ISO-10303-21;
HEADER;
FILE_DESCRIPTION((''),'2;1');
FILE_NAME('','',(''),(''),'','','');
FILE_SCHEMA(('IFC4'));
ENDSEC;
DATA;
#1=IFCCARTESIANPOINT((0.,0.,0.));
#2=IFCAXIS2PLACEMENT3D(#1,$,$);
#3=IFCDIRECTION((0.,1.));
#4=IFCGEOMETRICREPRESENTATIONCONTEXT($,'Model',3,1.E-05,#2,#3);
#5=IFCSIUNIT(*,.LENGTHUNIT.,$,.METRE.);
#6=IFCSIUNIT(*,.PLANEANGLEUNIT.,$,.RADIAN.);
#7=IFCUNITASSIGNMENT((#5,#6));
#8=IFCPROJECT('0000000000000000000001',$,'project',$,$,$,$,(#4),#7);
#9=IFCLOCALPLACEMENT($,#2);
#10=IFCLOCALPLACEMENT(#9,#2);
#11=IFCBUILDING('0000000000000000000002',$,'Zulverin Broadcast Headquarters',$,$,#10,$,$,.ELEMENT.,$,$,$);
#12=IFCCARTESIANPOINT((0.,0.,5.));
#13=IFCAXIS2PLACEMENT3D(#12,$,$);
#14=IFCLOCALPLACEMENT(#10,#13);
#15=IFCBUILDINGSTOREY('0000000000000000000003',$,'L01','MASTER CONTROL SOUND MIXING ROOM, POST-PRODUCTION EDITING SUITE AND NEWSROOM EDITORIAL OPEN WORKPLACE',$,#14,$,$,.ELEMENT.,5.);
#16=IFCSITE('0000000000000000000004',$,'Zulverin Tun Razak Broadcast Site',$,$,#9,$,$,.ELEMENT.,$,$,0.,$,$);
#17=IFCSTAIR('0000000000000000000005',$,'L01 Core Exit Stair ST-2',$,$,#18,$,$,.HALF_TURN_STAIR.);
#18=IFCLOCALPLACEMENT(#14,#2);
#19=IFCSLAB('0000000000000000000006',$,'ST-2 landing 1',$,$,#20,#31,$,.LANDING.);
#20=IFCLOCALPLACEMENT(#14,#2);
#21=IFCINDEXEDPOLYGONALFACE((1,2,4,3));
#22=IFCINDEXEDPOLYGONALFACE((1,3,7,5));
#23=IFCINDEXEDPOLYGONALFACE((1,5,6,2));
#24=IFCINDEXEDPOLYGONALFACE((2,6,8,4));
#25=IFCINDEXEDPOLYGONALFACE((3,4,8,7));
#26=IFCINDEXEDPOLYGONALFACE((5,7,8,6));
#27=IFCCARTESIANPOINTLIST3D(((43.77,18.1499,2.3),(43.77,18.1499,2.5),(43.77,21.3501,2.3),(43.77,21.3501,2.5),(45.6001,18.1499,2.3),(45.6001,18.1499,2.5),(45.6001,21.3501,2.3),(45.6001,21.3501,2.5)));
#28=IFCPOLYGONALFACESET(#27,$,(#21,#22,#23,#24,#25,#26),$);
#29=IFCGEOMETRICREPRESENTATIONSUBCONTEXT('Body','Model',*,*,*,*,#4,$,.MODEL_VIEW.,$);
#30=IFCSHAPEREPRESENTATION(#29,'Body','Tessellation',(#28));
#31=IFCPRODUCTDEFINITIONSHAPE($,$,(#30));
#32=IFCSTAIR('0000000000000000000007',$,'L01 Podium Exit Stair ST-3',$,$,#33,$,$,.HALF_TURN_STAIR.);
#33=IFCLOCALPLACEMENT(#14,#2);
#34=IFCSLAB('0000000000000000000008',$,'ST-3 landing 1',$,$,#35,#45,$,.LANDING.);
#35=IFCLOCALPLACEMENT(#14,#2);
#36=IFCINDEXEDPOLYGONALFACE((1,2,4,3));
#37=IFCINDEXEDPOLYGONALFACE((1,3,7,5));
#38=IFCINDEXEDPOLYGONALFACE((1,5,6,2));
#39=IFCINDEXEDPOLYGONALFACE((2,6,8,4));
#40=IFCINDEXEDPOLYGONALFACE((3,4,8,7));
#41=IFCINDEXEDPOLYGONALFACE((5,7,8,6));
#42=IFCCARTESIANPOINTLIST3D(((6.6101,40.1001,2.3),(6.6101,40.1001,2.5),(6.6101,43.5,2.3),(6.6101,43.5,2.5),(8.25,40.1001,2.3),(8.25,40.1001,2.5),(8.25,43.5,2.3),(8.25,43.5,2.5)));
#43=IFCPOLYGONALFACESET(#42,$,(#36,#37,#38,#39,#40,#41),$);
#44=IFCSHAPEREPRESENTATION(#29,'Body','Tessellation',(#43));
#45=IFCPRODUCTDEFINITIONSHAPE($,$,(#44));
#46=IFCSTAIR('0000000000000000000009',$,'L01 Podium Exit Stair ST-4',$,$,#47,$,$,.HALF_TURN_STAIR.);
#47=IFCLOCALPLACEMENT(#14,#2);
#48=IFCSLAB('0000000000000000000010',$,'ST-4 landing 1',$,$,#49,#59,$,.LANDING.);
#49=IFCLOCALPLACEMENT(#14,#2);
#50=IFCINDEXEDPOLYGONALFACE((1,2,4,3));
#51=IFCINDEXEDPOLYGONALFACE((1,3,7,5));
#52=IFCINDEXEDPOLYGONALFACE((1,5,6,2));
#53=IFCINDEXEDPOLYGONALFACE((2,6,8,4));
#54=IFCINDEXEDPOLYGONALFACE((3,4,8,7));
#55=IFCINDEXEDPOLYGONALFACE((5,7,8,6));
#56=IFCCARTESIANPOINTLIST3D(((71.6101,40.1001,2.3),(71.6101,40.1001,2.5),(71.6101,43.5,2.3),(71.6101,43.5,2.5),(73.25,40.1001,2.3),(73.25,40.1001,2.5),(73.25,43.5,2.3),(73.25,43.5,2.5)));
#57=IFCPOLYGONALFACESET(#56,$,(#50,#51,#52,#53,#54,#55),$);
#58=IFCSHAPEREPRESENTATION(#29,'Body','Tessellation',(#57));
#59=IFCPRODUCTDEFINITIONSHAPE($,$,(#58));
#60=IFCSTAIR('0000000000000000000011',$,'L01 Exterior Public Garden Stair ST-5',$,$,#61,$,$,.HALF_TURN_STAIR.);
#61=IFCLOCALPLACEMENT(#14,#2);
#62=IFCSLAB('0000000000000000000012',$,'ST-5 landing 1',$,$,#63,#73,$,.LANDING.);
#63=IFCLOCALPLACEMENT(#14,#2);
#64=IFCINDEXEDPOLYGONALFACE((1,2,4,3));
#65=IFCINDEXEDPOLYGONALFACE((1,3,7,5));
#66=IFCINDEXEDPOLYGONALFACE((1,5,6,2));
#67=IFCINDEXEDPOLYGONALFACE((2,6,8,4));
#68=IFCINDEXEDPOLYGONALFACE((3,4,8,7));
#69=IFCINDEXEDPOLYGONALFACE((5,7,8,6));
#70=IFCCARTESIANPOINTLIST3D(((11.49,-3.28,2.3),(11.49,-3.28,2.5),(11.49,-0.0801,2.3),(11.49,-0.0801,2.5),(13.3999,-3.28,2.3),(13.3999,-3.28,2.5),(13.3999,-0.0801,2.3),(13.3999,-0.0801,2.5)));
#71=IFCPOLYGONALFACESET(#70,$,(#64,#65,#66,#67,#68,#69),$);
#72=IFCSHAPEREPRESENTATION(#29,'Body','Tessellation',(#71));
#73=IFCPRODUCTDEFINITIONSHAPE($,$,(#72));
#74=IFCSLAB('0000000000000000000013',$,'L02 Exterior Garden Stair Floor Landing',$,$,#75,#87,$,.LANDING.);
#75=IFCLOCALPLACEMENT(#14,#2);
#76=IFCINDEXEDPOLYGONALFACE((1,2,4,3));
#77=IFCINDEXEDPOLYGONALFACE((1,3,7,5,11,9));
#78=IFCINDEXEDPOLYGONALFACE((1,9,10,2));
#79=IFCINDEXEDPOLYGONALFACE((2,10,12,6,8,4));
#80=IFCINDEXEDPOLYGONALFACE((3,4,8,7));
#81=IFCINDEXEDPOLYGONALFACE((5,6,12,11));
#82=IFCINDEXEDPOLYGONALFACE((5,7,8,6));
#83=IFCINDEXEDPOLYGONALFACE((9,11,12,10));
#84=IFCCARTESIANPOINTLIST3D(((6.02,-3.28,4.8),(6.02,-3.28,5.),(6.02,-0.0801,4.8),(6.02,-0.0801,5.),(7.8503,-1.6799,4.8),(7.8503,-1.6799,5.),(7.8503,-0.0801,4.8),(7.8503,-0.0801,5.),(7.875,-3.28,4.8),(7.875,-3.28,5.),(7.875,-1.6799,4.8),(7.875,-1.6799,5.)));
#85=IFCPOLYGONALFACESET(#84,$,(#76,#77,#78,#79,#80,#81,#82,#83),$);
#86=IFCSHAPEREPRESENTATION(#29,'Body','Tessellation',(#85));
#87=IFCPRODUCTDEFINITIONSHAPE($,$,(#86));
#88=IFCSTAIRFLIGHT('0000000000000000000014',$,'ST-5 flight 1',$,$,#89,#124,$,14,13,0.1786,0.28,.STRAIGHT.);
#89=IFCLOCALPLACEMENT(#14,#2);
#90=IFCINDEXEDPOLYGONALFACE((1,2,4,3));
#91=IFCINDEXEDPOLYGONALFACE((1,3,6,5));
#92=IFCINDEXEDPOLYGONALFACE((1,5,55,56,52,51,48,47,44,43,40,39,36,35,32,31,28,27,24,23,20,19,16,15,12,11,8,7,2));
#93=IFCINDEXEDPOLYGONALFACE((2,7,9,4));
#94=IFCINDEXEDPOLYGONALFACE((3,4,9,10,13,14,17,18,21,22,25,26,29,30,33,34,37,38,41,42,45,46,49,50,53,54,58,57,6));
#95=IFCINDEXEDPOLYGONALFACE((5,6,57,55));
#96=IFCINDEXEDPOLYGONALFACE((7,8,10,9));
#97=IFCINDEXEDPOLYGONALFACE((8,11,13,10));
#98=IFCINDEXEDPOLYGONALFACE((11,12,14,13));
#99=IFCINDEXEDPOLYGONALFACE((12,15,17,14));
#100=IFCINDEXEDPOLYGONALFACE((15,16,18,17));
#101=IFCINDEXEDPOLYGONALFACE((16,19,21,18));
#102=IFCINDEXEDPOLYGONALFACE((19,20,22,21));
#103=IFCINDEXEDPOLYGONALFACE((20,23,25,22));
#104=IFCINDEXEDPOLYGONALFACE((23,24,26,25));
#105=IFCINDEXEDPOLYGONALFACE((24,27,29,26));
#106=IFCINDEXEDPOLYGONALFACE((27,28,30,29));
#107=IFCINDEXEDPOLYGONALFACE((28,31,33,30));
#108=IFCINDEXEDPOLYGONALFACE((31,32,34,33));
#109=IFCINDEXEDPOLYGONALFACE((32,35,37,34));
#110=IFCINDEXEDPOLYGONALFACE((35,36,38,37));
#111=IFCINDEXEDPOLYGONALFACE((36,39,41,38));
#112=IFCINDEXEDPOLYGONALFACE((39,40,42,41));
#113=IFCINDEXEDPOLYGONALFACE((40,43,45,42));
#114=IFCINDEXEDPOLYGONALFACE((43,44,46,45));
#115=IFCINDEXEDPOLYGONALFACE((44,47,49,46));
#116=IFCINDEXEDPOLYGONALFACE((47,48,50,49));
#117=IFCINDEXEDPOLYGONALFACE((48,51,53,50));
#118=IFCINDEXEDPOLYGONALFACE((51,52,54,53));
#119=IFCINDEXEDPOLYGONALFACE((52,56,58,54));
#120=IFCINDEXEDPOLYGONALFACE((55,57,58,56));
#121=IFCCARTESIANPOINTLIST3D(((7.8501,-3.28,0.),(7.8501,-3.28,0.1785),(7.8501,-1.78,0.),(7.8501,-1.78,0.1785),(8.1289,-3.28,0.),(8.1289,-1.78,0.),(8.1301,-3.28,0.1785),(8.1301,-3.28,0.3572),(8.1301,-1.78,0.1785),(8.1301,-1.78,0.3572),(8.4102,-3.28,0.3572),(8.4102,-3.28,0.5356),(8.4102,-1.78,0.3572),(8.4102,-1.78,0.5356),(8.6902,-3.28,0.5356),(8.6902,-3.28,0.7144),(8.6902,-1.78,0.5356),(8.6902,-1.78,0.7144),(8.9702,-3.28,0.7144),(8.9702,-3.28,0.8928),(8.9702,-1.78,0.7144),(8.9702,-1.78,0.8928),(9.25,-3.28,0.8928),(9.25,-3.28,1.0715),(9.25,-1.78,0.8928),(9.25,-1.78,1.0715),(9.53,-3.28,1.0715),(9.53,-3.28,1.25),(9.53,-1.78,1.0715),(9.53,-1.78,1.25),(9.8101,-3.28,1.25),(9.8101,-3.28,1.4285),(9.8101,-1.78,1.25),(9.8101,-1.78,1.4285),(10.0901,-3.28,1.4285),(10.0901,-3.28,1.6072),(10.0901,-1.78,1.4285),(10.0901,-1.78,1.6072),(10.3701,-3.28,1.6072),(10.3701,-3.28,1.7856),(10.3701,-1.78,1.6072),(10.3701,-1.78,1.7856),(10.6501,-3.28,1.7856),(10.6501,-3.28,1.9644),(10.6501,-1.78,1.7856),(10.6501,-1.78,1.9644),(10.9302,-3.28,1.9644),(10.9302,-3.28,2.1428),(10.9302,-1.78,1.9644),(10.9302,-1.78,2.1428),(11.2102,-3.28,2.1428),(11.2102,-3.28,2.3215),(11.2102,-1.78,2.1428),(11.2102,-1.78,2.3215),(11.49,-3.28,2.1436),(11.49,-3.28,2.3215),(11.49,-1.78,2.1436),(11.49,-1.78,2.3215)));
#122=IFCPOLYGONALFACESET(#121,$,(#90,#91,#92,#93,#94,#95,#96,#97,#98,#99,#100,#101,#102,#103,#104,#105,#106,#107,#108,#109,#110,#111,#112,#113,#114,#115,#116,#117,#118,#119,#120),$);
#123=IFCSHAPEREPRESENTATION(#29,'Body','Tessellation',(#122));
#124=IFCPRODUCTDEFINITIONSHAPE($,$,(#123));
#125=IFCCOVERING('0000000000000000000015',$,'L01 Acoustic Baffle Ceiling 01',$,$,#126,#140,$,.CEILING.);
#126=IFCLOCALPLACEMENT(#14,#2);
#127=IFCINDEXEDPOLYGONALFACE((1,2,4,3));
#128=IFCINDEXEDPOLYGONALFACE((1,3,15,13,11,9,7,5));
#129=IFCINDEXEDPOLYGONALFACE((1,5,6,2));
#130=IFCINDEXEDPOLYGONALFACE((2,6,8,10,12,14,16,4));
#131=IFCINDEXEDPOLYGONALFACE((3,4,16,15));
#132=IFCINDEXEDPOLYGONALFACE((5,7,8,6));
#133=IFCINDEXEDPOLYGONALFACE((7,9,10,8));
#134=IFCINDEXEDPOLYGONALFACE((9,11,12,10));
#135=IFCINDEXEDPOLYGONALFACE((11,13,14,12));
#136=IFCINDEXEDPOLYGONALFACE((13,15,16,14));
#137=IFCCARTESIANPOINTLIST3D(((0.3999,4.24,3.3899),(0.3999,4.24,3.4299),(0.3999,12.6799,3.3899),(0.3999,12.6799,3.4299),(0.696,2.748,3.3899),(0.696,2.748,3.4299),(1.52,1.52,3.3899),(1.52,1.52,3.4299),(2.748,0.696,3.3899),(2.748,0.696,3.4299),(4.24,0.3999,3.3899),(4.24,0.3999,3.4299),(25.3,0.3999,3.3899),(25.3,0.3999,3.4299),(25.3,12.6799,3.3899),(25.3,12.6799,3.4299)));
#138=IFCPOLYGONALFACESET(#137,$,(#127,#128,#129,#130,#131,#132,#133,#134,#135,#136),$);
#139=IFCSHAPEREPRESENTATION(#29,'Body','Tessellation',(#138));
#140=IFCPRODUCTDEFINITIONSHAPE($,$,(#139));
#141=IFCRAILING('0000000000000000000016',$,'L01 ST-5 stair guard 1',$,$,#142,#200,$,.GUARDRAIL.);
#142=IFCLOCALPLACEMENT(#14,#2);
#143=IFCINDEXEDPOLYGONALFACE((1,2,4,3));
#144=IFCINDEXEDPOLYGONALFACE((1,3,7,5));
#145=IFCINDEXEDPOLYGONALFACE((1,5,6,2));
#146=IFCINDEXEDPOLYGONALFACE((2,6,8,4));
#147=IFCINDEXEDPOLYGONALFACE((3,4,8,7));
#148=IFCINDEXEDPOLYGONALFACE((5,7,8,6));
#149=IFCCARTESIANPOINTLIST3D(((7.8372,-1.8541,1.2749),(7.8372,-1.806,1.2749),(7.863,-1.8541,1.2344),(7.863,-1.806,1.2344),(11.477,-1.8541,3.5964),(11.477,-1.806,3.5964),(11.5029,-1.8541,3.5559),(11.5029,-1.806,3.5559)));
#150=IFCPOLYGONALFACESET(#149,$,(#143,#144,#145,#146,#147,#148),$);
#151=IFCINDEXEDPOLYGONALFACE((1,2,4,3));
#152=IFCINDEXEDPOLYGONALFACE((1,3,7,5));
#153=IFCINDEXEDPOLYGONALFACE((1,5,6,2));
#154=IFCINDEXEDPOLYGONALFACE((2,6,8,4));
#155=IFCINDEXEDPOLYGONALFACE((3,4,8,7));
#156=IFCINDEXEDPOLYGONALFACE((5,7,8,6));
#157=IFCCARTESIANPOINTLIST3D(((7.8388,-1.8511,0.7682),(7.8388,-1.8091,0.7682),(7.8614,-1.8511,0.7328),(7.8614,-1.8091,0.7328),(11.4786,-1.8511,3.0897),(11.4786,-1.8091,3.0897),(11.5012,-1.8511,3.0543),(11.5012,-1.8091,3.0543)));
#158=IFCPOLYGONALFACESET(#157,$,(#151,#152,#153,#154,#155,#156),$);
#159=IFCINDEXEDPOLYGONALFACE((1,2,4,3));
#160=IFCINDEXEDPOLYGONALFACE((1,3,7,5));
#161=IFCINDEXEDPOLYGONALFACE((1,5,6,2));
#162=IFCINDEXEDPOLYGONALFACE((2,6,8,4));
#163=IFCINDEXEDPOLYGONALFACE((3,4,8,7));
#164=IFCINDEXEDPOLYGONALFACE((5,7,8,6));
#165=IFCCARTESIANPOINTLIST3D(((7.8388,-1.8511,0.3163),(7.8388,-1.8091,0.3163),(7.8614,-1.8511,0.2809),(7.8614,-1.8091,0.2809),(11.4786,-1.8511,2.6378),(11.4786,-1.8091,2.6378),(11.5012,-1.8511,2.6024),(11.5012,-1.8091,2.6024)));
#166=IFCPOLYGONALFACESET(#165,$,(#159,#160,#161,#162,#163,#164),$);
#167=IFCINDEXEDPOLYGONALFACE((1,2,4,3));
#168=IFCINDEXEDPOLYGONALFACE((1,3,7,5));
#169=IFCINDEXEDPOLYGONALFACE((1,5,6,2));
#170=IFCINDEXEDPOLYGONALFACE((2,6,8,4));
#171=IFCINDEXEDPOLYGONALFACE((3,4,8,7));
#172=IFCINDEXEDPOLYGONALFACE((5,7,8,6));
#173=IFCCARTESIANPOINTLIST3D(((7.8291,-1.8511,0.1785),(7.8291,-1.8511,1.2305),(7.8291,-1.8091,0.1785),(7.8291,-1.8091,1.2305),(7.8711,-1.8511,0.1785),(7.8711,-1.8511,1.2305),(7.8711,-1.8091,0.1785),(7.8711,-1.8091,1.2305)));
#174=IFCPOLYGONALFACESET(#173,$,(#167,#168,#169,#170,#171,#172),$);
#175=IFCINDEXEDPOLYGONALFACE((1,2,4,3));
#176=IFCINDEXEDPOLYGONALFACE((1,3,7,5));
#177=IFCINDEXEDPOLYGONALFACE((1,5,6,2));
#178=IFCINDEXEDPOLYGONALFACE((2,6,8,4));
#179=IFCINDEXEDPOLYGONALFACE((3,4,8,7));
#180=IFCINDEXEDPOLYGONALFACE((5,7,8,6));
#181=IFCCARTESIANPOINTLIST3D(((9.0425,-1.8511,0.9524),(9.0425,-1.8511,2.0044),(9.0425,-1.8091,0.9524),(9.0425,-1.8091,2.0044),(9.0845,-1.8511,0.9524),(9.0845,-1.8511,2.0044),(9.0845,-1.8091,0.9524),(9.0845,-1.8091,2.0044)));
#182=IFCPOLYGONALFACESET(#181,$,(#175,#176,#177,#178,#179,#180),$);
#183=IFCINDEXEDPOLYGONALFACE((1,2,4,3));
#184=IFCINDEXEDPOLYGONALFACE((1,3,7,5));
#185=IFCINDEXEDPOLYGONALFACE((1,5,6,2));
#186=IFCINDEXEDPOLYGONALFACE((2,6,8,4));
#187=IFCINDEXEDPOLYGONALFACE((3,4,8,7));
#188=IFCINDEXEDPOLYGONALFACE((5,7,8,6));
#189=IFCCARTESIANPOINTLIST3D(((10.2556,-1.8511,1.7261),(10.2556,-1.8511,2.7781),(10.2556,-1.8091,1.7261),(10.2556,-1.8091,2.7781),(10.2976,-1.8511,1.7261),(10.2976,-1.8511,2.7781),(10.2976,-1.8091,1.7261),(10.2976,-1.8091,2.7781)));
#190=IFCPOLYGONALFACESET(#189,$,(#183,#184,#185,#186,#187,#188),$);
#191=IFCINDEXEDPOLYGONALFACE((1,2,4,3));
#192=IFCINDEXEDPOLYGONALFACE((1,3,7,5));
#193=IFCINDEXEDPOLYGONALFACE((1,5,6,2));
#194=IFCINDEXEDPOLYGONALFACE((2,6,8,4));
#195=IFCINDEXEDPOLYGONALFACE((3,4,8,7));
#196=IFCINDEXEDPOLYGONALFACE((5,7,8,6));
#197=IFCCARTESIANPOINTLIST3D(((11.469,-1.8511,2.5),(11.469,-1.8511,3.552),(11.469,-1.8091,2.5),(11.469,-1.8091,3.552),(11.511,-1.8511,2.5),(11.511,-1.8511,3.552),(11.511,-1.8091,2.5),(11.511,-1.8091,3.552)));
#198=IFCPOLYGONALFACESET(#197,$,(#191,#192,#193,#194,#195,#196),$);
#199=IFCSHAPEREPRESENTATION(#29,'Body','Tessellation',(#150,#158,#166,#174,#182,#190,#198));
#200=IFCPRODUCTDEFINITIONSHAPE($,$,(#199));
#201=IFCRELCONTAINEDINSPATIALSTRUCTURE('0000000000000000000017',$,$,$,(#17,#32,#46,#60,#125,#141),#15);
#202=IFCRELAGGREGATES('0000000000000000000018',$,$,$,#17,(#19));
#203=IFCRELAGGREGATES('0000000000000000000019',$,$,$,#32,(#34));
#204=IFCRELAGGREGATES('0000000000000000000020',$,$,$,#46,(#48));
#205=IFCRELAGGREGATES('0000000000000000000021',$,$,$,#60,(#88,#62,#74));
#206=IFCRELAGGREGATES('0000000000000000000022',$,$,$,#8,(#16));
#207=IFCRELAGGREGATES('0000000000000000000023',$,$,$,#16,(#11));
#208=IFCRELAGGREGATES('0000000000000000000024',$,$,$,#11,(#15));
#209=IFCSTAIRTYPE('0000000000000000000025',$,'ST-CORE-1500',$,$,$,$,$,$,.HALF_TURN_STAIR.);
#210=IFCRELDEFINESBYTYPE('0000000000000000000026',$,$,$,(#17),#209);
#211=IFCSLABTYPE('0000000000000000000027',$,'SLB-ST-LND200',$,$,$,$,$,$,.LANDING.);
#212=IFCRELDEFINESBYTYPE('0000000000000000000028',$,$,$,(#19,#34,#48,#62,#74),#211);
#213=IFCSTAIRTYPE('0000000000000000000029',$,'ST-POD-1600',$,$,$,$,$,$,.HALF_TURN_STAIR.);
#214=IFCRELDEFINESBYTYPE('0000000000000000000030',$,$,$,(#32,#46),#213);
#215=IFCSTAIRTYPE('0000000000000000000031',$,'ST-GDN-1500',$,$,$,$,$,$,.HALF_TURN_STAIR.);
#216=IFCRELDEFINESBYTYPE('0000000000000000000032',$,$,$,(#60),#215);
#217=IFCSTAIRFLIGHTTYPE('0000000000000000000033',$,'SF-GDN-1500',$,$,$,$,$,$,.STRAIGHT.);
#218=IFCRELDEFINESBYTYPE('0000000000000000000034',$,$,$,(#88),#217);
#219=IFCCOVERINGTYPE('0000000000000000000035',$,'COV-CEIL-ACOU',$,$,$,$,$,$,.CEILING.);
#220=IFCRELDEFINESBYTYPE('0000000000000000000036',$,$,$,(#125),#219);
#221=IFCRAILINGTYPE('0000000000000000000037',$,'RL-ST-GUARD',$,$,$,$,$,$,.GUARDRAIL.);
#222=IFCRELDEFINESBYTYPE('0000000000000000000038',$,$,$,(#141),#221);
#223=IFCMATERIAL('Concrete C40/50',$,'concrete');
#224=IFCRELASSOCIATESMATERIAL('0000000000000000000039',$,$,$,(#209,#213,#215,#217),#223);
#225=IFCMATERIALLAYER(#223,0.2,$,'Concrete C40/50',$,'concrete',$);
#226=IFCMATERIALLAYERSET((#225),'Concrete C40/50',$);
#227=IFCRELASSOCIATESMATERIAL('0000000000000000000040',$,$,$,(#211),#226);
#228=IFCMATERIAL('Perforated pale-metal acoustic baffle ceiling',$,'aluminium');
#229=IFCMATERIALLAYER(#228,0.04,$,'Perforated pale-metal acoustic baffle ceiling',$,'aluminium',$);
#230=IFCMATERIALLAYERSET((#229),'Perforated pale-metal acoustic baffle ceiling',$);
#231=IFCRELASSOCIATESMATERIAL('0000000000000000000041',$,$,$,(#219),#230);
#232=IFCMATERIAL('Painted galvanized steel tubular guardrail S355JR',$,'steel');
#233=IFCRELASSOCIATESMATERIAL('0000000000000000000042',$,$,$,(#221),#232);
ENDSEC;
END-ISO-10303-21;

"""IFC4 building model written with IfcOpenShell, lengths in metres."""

from ifc_helpers import new_model, si_unit, direction, frame, origin, origin_2d, place, context, subcontext, project, spatial, polyline, rectangle, outline, extrude, material, layer, layer_set, type_object, element, aggregate, save


model = new_model("IFC4")

# Units and contexts
model_context = context("Model", 3, precision=1e-05, world=origin(), true_north=direction((0.0, 1.0)))
body_context = subcontext(model_context, "Body", "Model", "MODEL_VIEW")
ifc_project = project(units=[si_unit("LENGTHUNIT", "METRE"), si_unit("PLANEANGLEUNIT", "RADIAN")], contexts=[model_context])

# Site, building, storey
site_placement = place(None, origin())
site = spatial("IfcSite", under=ifc_project, at=site_placement, Name="Zulverin Tun Razak Broadcast Site", CompositionType="ELEMENT", RefElevation=0.0)
building_placement = place(site_placement, origin())
building = spatial("IfcBuilding", under=site, at=building_placement, Name="Zulverin Broadcast Headquarters", CompositionType="ELEMENT")
storey_placement = place(building_placement, frame((0.0, 0.0, 5.0)))
storey = spatial("IfcBuildingStorey", under=building, at=storey_placement, Name="L01", Description="MASTER CONTROL SOUND MIXING ROOM, POST-PRODUCTION EDITING SUITE AND NEWSROOM EDITORIAL OPEN WORKPLACE", CompositionType="ELEMENT", Elevation=5.0)

# Shared definitions
ifc_material_1 = material(Name="Concrete C40/50", Category="concrete")

# Stairs, slabs
stair_type_1 = type_object("IfcStairType", Name="ST-CORE-1500", PredefinedType="HALF_TURN_STAIR", material=ifc_material_1)
ifc_layer_1 = layer(ifc_material_1, 0.2, Name="Concrete C40/50", Category="concrete")
ifc_layer_set_1 = layer_set([ifc_layer_1], Name="Concrete C40/50")
slab_type_1 = type_object("IfcSlabType", Name="SLB-ST-LND200", PredefinedType="LANDING", material=ifc_layer_set_1)
stair_1_placement = place(storey_placement, origin())
stair_1 = element("IfcStair", 1, at=stair_1_placement, inside=storey, type_object=stair_type_1, Name="L01 Core Exit Stair ST-2", PredefinedType="HALF_TURN_STAIR")
slab_1_placement = place(storey_placement, frame((0.0, 0.0, 2.3)))
slab_1 = element("IfcSlab", 2, at=slab_1_placement, type_object=slab_type_1, Name="ST-2 landing 1", PredefinedType="LANDING", context=body_context, shape_type="SweptSolid", body=[
    extrude(outline(polyline([(43.77, 18.1499), (45.6001, 18.1499), (45.6001, 21.3501), (43.77, 21.3501), (43.77, 18.1499)])), origin(), (0.0, 0.0, 1.0), 0.2),
])
aggregate(stair_1, [slab_1])
stair_type_2 = type_object("IfcStairType", Name="ST-POD-1600", PredefinedType="HALF_TURN_STAIR", material=ifc_material_1)
stair_2_placement = place(storey_placement, origin())
stair_2 = element("IfcStair", 3, at=stair_2_placement, inside=storey, type_object=stair_type_2, Name="L01 Podium Exit Stair ST-3", PredefinedType="HALF_TURN_STAIR")
slab_2_placement = place(storey_placement, frame((0.0, 0.0, 2.3)))
slab_2 = element("IfcSlab", 4, at=slab_2_placement, type_object=slab_type_1, Name="ST-3 landing 1", PredefinedType="LANDING", context=body_context, shape_type="SweptSolid", body=[
    extrude(outline(polyline([(6.6101, 40.1001), (8.25, 40.1001), (8.25, 43.5), (6.6101, 43.5), (6.6101, 40.1001)])), origin(), (0.0, 0.0, 1.0), 0.2),
])
aggregate(stair_2, [slab_2])
stair_3_placement = place(storey_placement, origin())
stair_3 = element("IfcStair", 5, at=stair_3_placement, inside=storey, type_object=stair_type_2, Name="L01 Podium Exit Stair ST-4", PredefinedType="HALF_TURN_STAIR")
slab_3_placement = place(storey_placement, frame((0.0, 0.0, 2.3)))
slab_3 = element("IfcSlab", 6, at=slab_3_placement, type_object=slab_type_1, Name="ST-4 landing 1", PredefinedType="LANDING", context=body_context, shape_type="SweptSolid", body=[
    extrude(outline(polyline([(71.6101, 40.1001), (73.25, 40.1001), (73.25, 43.5), (71.6101, 43.5), (71.6101, 40.1001)])), origin(), (0.0, 0.0, 1.0), 0.2),
])
aggregate(stair_3, [slab_3])

# Stair, slabs, stair flight
stair_type_3 = type_object("IfcStairType", Name="ST-GDN-1500", PredefinedType="HALF_TURN_STAIR", material=ifc_material_1)
stair_4_placement = place(storey_placement, origin())
stair_4 = element("IfcStair", 7, at=stair_4_placement, inside=storey, type_object=stair_type_3, Name="L01 Exterior Public Garden Stair ST-5", PredefinedType="HALF_TURN_STAIR")
slab_4_placement = place(storey_placement, frame((0.0, 0.0, 2.3)))
slab_4 = element("IfcSlab", 8, at=slab_4_placement, type_object=slab_type_1, Name="ST-5 landing 1", PredefinedType="LANDING", context=body_context, shape_type="SweptSolid", body=[
    extrude(outline(polyline([(11.49, -3.28), (13.3999, -3.28), (13.3999, -0.0801), (11.49, -0.0801), (11.49, -3.28)])), origin(), (0.0, 0.0, 1.0), 0.2),
])
placement = place(building_placement, frame((0.0, 0.0, 10.0)))
slab_5_placement = place(placement, frame((0.0, 0.0, -0.2)))
slab_5 = element("IfcSlab", 9, at=slab_5_placement, type_object=slab_type_1, Name="L02 Exterior Garden Stair Floor Landing", PredefinedType="LANDING", context=body_context, shape_type="SweptSolid", body=[
    extrude(outline(polyline([(6.02, -3.28), (7.875, -3.28), (7.875, -1.6799), (7.8503, -1.6799), (7.8503, -0.0801), (6.02, -0.0801), (6.02, -3.28)])), origin(), (0.0, 0.0, 1.0), 0.2),
])
stair_flight_type = type_object("IfcStairFlightType", Name="SF-GDN-1500", PredefinedType="STRAIGHT", material=ifc_material_1)
stair_flight_placement = place(storey_placement, frame((7.8501, -2.53, 0.0), z_axis=(0.0, 0.0, 1.0), x_axis=(1.0, 0.0, 0.0)))
stair_flight = element("IfcStairFlight", 10, at=stair_flight_placement, type_object=stair_flight_type, Name="ST-5 flight 1", NumberOfRisers=14, NumberOfTreads=13, PredefinedType="STRAIGHT", RiserHeight=0.1786, TreadLength=0.28, context=body_context, shape_type="SweptSolid", body=[
    extrude(outline(polyline([(0.0, 0.0), (0.0, 0.1785), (0.28, 0.1785), (0.28, 0.3572), (0.5601, 0.3572), (0.5601, 0.5356), (0.8401, 0.5356), (0.8401, 0.7144), (1.1201, 0.7144), (1.1201, 0.8928), (1.3999, 0.8928), (1.3999, 1.0715), (1.6799, 1.0715), (1.6799, 1.25), (1.96, 1.25), (1.96, 1.4285), (2.24, 1.4285), (2.24, 1.6072), (2.52, 1.6072), (2.52, 1.7856), (2.8, 1.7856), (2.8, 1.9644), (3.0801, 1.9644), (3.0801, 2.1428), (3.3601, 2.1428), (3.3601, 2.3215), (3.6399, 2.3215), (3.6399, 2.5), (3.6399, 2.1436), (0.2788, 0.0), (0.0, 0.0)])), frame((0.0, 0.75, 0.0), z_axis=(0.0, -1.0, 0.0), x_axis=(1.0, 0.0, 0.0)), (0.0, 0.0, 1.0), 1.5),
])
aggregate(stair_4, [stair_flight, slab_4, slab_5])

# Covering
ifc_material_2 = material(Name="Perforated pale-metal acoustic baffle ceiling", Category="aluminium")
ifc_layer_2 = layer(ifc_material_2, 0.04, Name="Perforated pale-metal acoustic baffle ceiling", Category="aluminium")
ifc_layer_set_2 = layer_set([ifc_layer_2], Name="Perforated pale-metal acoustic baffle ceiling")
covering_type = type_object("IfcCoveringType", Name="COV-CEIL-ACOU", PredefinedType="CEILING", material=ifc_layer_set_2)
covering_placement = place(storey_placement, frame((0.0, 0.0, 3.3899)))
element("IfcCovering", 11, at=covering_placement, inside=storey, type_object=covering_type, Name="L01 Acoustic Baffle Ceiling 01", PredefinedType="CEILING", context=body_context, shape_type="SweptSolid", body=[
    extrude(outline(polyline([(0.3999, 4.24), (0.696, 2.748), (1.52, 1.52), (2.748, 0.696), (4.24, 0.3999), (25.3, 0.3999), (25.3, 12.6799), (0.3999, 12.6799), (0.3999, 4.24)])), origin(), (0.0, 0.0, 1.0), 0.04),
])

# Railing
ifc_material_3 = material(Name="Painted galvanized steel tubular guardrail S355JR", Category="steel")
railing_type_1 = type_object("IfcRailingType", Name="RL-ST-GUARD", PredefinedType="GUARDRAIL", material=ifc_material_3)
railing_1_placement = place(storey_placement, frame((7.8501, -1.8301, 0.1785)))
element("IfcRailing", 12, at=railing_1_placement, inside=storey, type_object=railing_type_1, Name="L01 ST-5 stair guard 1", PredefinedType="GUARDRAIL", context=body_context, shape_type="SweptSolid", body=[
    extrude(rectangle(XDim=0.0481, YDim=0.0481, at=origin_2d()), frame((0.0, 0.0, 1.0762), z_axis=(0.843112, 0.0, 0.537739), x_axis=(0.0, 1.0, 0.0)), (0.0, 0.0, 1.0), 4.3171),
    extrude(rectangle(XDim=0.042, YDim=0.042, at=origin_2d()), frame((0.0, 0.0, 0.572), z_axis=(0.843112, 0.0, 0.537739), x_axis=(0.0, 1.0, 0.0)), (0.0, 0.0, 1.0), 4.3171),
    extrude(rectangle(XDim=0.042, YDim=0.042, at=origin_2d()), frame((0.0, 0.0, 0.1201), z_axis=(0.843112, 0.0, 0.537739), x_axis=(0.0, 1.0, 0.0)), (0.0, 0.0, 1.0), 4.3171),
    extrude(rectangle(XDim=0.042, YDim=0.042, at=origin_2d()), origin(), (0.0, 0.0, 1.0), 1.052),
    extrude(rectangle(XDim=0.042, YDim=0.042, at=origin_2d()), frame((1.2134, 0.0, 0.7739)), (0.0, 0.0, 1.0), 1.052),
    extrude(rectangle(XDim=0.042, YDim=0.042, at=origin_2d()), frame((2.4265, 0.0, 1.5476)), (0.0, 0.0, 1.0), 1.052),
    extrude(rectangle(XDim=0.042, YDim=0.042, at=origin_2d()), frame((3.6399, 0.0, 2.3215)), (0.0, 0.0, 1.0), 1.052),
])

save(model, "model.ifc")
